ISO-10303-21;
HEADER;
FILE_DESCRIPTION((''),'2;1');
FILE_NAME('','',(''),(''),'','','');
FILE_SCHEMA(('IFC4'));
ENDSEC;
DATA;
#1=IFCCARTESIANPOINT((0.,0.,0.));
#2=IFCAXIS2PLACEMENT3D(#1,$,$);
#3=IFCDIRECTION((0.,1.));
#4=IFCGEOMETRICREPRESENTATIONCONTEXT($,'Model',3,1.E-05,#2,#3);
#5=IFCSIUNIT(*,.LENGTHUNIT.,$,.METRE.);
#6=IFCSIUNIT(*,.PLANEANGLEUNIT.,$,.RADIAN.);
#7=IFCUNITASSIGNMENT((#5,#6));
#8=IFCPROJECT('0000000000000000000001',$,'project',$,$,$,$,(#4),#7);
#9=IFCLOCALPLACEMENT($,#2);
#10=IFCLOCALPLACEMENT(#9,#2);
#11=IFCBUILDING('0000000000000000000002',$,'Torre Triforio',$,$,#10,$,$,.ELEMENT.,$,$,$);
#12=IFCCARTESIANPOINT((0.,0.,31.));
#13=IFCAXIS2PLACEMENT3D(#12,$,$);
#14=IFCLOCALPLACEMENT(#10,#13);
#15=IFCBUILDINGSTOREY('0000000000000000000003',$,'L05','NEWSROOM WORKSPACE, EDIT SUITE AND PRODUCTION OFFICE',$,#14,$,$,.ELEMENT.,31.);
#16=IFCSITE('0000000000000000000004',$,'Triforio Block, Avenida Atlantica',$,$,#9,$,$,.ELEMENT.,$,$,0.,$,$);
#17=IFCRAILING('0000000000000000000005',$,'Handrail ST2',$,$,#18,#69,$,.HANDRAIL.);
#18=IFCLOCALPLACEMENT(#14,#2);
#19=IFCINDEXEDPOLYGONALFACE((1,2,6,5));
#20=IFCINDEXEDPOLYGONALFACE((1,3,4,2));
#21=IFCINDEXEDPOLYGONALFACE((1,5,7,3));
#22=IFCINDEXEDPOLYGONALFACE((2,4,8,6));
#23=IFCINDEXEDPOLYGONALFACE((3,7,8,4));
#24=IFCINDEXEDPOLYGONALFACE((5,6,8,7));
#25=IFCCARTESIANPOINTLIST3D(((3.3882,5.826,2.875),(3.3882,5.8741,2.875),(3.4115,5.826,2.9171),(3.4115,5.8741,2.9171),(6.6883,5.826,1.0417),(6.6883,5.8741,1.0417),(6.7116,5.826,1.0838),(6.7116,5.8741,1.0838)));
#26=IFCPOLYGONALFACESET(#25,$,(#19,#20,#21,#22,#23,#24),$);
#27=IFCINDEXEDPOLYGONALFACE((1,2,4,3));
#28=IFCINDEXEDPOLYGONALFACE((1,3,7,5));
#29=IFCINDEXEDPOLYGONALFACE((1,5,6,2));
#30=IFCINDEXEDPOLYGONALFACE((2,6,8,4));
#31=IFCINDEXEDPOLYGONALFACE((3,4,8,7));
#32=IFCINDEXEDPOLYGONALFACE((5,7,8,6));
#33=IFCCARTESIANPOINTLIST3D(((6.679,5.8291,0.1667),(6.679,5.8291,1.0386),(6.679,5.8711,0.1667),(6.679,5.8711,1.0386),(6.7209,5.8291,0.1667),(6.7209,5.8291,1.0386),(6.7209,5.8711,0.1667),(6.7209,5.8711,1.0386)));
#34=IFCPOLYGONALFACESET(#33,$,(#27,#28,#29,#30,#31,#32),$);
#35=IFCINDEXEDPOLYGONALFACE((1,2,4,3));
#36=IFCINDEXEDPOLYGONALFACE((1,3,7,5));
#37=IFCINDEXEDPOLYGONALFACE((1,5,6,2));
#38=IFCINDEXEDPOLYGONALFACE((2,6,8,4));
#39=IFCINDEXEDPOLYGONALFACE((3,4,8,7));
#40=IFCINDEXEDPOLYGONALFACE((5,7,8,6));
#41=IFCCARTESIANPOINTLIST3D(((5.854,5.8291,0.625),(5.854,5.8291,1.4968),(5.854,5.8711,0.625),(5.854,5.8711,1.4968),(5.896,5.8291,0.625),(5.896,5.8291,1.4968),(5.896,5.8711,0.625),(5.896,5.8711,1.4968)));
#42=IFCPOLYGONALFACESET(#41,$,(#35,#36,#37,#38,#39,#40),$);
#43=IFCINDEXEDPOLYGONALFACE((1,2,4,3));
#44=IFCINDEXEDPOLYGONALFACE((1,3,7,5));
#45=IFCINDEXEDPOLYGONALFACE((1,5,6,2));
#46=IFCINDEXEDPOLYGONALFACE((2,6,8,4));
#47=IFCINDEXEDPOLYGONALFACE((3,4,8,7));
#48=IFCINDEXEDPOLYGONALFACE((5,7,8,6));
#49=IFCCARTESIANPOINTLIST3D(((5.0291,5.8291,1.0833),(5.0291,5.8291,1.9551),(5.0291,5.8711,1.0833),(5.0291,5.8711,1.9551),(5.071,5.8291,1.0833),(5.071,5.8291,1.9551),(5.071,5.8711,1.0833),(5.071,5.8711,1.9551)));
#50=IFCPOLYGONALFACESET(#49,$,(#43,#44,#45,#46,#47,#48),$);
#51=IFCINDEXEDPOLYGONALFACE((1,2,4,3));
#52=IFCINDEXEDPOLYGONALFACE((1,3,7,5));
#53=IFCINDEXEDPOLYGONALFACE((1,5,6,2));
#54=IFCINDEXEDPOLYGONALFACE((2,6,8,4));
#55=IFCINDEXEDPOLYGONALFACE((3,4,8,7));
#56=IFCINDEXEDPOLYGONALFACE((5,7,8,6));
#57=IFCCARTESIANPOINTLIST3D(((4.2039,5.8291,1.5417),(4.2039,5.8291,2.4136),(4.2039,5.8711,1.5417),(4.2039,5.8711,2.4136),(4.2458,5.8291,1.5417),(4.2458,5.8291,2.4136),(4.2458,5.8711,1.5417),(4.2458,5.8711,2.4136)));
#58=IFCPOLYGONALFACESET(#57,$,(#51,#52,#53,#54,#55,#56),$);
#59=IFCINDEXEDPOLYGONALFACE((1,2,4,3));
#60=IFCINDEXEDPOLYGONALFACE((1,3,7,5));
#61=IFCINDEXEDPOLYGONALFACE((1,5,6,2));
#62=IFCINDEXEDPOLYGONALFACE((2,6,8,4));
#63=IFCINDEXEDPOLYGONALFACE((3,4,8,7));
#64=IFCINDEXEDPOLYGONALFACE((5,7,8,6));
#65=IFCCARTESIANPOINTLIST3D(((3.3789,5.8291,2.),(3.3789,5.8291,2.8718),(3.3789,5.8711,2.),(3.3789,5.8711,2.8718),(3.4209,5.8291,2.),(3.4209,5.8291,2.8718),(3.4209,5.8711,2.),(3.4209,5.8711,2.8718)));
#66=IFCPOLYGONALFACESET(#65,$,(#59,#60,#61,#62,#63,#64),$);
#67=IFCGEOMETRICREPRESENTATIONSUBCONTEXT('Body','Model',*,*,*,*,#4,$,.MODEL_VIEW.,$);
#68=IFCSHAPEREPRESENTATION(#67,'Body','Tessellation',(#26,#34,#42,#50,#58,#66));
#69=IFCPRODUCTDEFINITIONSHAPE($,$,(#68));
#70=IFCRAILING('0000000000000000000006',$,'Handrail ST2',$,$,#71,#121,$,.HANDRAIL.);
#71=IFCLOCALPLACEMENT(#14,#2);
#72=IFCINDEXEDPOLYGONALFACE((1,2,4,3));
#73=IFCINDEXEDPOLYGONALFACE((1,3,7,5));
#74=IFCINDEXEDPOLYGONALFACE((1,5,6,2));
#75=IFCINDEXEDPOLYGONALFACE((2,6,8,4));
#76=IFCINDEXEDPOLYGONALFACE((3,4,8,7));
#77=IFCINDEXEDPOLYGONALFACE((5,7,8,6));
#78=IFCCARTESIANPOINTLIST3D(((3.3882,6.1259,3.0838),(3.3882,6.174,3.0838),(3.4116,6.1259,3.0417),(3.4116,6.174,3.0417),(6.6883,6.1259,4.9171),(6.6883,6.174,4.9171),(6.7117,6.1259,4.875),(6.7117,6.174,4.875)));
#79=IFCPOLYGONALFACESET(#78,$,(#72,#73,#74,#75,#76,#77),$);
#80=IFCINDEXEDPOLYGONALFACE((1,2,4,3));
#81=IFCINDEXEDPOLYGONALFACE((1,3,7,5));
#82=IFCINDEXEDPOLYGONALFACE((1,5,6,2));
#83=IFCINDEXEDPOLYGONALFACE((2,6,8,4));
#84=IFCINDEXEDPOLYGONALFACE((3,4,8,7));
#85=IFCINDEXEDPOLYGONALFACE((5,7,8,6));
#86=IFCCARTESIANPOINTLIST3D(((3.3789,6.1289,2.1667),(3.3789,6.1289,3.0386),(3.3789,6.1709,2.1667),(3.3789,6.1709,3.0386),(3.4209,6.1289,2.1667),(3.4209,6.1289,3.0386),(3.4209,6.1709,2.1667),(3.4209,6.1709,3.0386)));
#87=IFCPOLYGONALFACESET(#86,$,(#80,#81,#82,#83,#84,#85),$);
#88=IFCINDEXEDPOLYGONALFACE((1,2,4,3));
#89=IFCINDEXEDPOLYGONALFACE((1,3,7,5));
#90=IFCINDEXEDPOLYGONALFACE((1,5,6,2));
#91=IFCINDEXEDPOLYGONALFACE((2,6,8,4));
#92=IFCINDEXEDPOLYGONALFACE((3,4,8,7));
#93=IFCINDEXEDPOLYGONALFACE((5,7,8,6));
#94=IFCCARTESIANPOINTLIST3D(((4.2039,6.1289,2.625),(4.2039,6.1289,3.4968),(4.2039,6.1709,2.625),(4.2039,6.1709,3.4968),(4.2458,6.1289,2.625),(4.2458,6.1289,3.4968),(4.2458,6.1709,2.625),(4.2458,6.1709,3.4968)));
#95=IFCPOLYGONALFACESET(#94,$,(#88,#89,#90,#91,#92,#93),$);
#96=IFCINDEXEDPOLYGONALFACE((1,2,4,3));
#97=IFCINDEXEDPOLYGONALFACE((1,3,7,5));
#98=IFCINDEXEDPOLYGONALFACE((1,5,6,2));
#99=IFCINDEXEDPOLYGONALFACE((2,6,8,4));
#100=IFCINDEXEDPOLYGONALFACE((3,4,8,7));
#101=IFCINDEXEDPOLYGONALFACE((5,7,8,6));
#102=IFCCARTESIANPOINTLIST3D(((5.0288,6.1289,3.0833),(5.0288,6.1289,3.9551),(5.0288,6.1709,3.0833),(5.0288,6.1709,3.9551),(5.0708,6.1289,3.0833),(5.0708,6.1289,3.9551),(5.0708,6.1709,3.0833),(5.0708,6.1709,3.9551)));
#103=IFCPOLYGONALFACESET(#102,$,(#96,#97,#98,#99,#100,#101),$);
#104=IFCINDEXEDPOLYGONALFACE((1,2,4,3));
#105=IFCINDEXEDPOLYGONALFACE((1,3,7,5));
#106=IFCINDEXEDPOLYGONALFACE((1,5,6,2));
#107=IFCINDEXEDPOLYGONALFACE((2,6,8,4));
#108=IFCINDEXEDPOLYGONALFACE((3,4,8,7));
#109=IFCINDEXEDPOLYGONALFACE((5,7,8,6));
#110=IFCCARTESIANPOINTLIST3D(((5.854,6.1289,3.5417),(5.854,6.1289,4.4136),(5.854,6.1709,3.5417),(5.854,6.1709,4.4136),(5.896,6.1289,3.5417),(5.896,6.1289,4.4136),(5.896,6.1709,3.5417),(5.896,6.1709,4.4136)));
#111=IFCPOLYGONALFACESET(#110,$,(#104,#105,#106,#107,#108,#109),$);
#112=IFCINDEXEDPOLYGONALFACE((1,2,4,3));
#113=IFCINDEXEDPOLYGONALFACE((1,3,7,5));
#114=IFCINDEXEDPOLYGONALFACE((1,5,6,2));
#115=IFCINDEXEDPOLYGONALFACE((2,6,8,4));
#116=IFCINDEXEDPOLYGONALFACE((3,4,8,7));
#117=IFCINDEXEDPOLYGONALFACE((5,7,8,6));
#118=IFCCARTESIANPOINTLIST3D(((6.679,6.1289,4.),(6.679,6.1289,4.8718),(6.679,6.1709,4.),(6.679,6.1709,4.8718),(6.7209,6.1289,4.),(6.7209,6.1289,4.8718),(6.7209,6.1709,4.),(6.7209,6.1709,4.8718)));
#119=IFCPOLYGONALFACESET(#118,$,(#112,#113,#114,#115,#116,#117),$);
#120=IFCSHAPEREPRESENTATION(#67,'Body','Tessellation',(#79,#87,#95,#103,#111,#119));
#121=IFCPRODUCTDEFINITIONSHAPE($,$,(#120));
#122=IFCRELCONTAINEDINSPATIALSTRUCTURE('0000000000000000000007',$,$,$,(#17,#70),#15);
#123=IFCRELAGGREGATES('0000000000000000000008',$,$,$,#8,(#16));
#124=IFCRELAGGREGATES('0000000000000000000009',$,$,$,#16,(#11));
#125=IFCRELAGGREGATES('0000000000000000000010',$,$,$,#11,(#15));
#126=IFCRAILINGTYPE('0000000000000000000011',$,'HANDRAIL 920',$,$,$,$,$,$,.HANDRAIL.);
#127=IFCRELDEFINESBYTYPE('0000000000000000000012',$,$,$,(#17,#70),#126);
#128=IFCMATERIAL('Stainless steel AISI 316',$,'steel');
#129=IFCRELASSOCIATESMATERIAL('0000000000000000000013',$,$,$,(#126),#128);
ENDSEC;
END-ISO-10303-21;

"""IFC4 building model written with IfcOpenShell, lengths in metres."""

from ifc_helpers import new_model, si_unit, direction, frame, origin, origin_2d, place, context, subcontext, project, spatial, rectangle, extrude, material, type_object, element, save


model = new_model("IFC4")

# Units and contexts
model_context = context("Model", 3, precision=1e-05, world=origin(), true_north=direction((0.0, 1.0)))
body_context = subcontext(model_context, "Body", "Model", "MODEL_VIEW")
ifc_project = project(units=[si_unit("LENGTHUNIT", "METRE"), si_unit("PLANEANGLEUNIT", "RADIAN")], contexts=[model_context])

# Site, building, storey
site_placement = place(None, origin())
site = spatial("IfcSite", under=ifc_project, at=site_placement, Name="Triforio Block, Avenida Atlantica", CompositionType="ELEMENT", RefElevation=0.0)
building_placement = place(site_placement, origin())
building = spatial("IfcBuilding", under=site, at=building_placement, Name="Torre Triforio", CompositionType="ELEMENT")
storey_placement = place(building_placement, frame((0.0, 0.0, 31.0)))
storey = spatial("IfcBuildingStorey", under=building, at=storey_placement, Name="L05", Description="NEWSROOM WORKSPACE, EDIT SUITE AND PRODUCTION OFFICE", CompositionType="ELEMENT", Elevation=31.0)

# Railings
ifc_material_1 = material(Name="Stainless steel AISI 316", Category="steel")
railing_type = type_object("IfcRailingType", Name="HANDRAIL 920", PredefinedType="HANDRAIL", material=ifc_material_1)
for number, where, name in (
    (1, (6.7, 5.8501, 0.1667), "Handrail ST2"),
):
    element("IfcRailing", number, at=place(storey_placement, frame(where)), inside=storey, type_object=railing_type, Name=name, PredefinedType="HANDRAIL", context=body_context, shape_type="SweptSolid", body=[
        extrude(rectangle(XDim=0.0481, YDim=0.0481, at=origin_2d()), frame((0.0, 0.0, 0.896), z_axis=(-0.874169, 0.0, 0.485621), x_axis=(0.0, -1.0, 0.0)), (0.0, 0.0, 1.0), 3.7751),
        extrude(rectangle(XDim=0.042, YDim=0.042, at=origin_2d()), origin(), (0.0, 0.0, 1.0), 0.8718),
        extrude(rectangle(XDim=0.042, YDim=0.042, at=origin_2d()), frame((-0.825, 0.0, 0.4583)), (0.0, 0.0, 1.0), 0.8718),
        extrude(rectangle(XDim=0.042, YDim=0.042, at=origin_2d()), frame((-1.6499, 0.0, 0.9165)), (0.0, 0.0, 1.0), 0.8718),
        extrude(rectangle(XDim=0.042, YDim=0.042, at=origin_2d()), frame((-2.4751, 0.0, 1.375)), (0.0, 0.0, 1.0), 0.8718),
        extrude(rectangle(XDim=0.042, YDim=0.042, at=origin_2d()), frame((-3.3, 0.0, 1.8333)), (0.0, 0.0, 1.0), 0.8718),
    ])
railing_placement = place(storey_placement, frame((3.3999, 6.1499, 2.1667)))
element("IfcRailing", 2, at=railing_placement, inside=storey, type_object=railing_type, Name="Handrail ST2", PredefinedType="HANDRAIL", context=body_context, shape_type="SweptSolid", body=[
    extrude(rectangle(XDim=0.0481, YDim=0.0481, at=origin_2d()), frame((0.0, 0.0, 0.896), z_axis=(0.874169, 0.0, 0.485621), x_axis=(0.0, 1.0, 0.0)), (0.0, 0.0, 1.0), 3.7751),
    extrude(rectangle(XDim=0.042, YDim=0.042, at=origin_2d()), origin(), (0.0, 0.0, 1.0), 0.8718),
    extrude(rectangle(XDim=0.042, YDim=0.042, at=origin_2d()), frame((0.825, 0.0, 0.4583)), (0.0, 0.0, 1.0), 0.8718),
    extrude(rectangle(XDim=0.042, YDim=0.042, at=origin_2d()), frame((1.6499, 0.0, 0.9165)), (0.0, 0.0, 1.0), 0.8718),
    extrude(rectangle(XDim=0.042, YDim=0.042, at=origin_2d()), frame((2.4751, 0.0, 1.375)), (0.0, 0.0, 1.0), 0.8718),
    extrude(rectangle(XDim=0.042, YDim=0.042, at=origin_2d()), frame((3.3, 0.0, 1.8333)), (0.0, 0.0, 1.0), 0.8718),
])

save(model, "model.ifc")
